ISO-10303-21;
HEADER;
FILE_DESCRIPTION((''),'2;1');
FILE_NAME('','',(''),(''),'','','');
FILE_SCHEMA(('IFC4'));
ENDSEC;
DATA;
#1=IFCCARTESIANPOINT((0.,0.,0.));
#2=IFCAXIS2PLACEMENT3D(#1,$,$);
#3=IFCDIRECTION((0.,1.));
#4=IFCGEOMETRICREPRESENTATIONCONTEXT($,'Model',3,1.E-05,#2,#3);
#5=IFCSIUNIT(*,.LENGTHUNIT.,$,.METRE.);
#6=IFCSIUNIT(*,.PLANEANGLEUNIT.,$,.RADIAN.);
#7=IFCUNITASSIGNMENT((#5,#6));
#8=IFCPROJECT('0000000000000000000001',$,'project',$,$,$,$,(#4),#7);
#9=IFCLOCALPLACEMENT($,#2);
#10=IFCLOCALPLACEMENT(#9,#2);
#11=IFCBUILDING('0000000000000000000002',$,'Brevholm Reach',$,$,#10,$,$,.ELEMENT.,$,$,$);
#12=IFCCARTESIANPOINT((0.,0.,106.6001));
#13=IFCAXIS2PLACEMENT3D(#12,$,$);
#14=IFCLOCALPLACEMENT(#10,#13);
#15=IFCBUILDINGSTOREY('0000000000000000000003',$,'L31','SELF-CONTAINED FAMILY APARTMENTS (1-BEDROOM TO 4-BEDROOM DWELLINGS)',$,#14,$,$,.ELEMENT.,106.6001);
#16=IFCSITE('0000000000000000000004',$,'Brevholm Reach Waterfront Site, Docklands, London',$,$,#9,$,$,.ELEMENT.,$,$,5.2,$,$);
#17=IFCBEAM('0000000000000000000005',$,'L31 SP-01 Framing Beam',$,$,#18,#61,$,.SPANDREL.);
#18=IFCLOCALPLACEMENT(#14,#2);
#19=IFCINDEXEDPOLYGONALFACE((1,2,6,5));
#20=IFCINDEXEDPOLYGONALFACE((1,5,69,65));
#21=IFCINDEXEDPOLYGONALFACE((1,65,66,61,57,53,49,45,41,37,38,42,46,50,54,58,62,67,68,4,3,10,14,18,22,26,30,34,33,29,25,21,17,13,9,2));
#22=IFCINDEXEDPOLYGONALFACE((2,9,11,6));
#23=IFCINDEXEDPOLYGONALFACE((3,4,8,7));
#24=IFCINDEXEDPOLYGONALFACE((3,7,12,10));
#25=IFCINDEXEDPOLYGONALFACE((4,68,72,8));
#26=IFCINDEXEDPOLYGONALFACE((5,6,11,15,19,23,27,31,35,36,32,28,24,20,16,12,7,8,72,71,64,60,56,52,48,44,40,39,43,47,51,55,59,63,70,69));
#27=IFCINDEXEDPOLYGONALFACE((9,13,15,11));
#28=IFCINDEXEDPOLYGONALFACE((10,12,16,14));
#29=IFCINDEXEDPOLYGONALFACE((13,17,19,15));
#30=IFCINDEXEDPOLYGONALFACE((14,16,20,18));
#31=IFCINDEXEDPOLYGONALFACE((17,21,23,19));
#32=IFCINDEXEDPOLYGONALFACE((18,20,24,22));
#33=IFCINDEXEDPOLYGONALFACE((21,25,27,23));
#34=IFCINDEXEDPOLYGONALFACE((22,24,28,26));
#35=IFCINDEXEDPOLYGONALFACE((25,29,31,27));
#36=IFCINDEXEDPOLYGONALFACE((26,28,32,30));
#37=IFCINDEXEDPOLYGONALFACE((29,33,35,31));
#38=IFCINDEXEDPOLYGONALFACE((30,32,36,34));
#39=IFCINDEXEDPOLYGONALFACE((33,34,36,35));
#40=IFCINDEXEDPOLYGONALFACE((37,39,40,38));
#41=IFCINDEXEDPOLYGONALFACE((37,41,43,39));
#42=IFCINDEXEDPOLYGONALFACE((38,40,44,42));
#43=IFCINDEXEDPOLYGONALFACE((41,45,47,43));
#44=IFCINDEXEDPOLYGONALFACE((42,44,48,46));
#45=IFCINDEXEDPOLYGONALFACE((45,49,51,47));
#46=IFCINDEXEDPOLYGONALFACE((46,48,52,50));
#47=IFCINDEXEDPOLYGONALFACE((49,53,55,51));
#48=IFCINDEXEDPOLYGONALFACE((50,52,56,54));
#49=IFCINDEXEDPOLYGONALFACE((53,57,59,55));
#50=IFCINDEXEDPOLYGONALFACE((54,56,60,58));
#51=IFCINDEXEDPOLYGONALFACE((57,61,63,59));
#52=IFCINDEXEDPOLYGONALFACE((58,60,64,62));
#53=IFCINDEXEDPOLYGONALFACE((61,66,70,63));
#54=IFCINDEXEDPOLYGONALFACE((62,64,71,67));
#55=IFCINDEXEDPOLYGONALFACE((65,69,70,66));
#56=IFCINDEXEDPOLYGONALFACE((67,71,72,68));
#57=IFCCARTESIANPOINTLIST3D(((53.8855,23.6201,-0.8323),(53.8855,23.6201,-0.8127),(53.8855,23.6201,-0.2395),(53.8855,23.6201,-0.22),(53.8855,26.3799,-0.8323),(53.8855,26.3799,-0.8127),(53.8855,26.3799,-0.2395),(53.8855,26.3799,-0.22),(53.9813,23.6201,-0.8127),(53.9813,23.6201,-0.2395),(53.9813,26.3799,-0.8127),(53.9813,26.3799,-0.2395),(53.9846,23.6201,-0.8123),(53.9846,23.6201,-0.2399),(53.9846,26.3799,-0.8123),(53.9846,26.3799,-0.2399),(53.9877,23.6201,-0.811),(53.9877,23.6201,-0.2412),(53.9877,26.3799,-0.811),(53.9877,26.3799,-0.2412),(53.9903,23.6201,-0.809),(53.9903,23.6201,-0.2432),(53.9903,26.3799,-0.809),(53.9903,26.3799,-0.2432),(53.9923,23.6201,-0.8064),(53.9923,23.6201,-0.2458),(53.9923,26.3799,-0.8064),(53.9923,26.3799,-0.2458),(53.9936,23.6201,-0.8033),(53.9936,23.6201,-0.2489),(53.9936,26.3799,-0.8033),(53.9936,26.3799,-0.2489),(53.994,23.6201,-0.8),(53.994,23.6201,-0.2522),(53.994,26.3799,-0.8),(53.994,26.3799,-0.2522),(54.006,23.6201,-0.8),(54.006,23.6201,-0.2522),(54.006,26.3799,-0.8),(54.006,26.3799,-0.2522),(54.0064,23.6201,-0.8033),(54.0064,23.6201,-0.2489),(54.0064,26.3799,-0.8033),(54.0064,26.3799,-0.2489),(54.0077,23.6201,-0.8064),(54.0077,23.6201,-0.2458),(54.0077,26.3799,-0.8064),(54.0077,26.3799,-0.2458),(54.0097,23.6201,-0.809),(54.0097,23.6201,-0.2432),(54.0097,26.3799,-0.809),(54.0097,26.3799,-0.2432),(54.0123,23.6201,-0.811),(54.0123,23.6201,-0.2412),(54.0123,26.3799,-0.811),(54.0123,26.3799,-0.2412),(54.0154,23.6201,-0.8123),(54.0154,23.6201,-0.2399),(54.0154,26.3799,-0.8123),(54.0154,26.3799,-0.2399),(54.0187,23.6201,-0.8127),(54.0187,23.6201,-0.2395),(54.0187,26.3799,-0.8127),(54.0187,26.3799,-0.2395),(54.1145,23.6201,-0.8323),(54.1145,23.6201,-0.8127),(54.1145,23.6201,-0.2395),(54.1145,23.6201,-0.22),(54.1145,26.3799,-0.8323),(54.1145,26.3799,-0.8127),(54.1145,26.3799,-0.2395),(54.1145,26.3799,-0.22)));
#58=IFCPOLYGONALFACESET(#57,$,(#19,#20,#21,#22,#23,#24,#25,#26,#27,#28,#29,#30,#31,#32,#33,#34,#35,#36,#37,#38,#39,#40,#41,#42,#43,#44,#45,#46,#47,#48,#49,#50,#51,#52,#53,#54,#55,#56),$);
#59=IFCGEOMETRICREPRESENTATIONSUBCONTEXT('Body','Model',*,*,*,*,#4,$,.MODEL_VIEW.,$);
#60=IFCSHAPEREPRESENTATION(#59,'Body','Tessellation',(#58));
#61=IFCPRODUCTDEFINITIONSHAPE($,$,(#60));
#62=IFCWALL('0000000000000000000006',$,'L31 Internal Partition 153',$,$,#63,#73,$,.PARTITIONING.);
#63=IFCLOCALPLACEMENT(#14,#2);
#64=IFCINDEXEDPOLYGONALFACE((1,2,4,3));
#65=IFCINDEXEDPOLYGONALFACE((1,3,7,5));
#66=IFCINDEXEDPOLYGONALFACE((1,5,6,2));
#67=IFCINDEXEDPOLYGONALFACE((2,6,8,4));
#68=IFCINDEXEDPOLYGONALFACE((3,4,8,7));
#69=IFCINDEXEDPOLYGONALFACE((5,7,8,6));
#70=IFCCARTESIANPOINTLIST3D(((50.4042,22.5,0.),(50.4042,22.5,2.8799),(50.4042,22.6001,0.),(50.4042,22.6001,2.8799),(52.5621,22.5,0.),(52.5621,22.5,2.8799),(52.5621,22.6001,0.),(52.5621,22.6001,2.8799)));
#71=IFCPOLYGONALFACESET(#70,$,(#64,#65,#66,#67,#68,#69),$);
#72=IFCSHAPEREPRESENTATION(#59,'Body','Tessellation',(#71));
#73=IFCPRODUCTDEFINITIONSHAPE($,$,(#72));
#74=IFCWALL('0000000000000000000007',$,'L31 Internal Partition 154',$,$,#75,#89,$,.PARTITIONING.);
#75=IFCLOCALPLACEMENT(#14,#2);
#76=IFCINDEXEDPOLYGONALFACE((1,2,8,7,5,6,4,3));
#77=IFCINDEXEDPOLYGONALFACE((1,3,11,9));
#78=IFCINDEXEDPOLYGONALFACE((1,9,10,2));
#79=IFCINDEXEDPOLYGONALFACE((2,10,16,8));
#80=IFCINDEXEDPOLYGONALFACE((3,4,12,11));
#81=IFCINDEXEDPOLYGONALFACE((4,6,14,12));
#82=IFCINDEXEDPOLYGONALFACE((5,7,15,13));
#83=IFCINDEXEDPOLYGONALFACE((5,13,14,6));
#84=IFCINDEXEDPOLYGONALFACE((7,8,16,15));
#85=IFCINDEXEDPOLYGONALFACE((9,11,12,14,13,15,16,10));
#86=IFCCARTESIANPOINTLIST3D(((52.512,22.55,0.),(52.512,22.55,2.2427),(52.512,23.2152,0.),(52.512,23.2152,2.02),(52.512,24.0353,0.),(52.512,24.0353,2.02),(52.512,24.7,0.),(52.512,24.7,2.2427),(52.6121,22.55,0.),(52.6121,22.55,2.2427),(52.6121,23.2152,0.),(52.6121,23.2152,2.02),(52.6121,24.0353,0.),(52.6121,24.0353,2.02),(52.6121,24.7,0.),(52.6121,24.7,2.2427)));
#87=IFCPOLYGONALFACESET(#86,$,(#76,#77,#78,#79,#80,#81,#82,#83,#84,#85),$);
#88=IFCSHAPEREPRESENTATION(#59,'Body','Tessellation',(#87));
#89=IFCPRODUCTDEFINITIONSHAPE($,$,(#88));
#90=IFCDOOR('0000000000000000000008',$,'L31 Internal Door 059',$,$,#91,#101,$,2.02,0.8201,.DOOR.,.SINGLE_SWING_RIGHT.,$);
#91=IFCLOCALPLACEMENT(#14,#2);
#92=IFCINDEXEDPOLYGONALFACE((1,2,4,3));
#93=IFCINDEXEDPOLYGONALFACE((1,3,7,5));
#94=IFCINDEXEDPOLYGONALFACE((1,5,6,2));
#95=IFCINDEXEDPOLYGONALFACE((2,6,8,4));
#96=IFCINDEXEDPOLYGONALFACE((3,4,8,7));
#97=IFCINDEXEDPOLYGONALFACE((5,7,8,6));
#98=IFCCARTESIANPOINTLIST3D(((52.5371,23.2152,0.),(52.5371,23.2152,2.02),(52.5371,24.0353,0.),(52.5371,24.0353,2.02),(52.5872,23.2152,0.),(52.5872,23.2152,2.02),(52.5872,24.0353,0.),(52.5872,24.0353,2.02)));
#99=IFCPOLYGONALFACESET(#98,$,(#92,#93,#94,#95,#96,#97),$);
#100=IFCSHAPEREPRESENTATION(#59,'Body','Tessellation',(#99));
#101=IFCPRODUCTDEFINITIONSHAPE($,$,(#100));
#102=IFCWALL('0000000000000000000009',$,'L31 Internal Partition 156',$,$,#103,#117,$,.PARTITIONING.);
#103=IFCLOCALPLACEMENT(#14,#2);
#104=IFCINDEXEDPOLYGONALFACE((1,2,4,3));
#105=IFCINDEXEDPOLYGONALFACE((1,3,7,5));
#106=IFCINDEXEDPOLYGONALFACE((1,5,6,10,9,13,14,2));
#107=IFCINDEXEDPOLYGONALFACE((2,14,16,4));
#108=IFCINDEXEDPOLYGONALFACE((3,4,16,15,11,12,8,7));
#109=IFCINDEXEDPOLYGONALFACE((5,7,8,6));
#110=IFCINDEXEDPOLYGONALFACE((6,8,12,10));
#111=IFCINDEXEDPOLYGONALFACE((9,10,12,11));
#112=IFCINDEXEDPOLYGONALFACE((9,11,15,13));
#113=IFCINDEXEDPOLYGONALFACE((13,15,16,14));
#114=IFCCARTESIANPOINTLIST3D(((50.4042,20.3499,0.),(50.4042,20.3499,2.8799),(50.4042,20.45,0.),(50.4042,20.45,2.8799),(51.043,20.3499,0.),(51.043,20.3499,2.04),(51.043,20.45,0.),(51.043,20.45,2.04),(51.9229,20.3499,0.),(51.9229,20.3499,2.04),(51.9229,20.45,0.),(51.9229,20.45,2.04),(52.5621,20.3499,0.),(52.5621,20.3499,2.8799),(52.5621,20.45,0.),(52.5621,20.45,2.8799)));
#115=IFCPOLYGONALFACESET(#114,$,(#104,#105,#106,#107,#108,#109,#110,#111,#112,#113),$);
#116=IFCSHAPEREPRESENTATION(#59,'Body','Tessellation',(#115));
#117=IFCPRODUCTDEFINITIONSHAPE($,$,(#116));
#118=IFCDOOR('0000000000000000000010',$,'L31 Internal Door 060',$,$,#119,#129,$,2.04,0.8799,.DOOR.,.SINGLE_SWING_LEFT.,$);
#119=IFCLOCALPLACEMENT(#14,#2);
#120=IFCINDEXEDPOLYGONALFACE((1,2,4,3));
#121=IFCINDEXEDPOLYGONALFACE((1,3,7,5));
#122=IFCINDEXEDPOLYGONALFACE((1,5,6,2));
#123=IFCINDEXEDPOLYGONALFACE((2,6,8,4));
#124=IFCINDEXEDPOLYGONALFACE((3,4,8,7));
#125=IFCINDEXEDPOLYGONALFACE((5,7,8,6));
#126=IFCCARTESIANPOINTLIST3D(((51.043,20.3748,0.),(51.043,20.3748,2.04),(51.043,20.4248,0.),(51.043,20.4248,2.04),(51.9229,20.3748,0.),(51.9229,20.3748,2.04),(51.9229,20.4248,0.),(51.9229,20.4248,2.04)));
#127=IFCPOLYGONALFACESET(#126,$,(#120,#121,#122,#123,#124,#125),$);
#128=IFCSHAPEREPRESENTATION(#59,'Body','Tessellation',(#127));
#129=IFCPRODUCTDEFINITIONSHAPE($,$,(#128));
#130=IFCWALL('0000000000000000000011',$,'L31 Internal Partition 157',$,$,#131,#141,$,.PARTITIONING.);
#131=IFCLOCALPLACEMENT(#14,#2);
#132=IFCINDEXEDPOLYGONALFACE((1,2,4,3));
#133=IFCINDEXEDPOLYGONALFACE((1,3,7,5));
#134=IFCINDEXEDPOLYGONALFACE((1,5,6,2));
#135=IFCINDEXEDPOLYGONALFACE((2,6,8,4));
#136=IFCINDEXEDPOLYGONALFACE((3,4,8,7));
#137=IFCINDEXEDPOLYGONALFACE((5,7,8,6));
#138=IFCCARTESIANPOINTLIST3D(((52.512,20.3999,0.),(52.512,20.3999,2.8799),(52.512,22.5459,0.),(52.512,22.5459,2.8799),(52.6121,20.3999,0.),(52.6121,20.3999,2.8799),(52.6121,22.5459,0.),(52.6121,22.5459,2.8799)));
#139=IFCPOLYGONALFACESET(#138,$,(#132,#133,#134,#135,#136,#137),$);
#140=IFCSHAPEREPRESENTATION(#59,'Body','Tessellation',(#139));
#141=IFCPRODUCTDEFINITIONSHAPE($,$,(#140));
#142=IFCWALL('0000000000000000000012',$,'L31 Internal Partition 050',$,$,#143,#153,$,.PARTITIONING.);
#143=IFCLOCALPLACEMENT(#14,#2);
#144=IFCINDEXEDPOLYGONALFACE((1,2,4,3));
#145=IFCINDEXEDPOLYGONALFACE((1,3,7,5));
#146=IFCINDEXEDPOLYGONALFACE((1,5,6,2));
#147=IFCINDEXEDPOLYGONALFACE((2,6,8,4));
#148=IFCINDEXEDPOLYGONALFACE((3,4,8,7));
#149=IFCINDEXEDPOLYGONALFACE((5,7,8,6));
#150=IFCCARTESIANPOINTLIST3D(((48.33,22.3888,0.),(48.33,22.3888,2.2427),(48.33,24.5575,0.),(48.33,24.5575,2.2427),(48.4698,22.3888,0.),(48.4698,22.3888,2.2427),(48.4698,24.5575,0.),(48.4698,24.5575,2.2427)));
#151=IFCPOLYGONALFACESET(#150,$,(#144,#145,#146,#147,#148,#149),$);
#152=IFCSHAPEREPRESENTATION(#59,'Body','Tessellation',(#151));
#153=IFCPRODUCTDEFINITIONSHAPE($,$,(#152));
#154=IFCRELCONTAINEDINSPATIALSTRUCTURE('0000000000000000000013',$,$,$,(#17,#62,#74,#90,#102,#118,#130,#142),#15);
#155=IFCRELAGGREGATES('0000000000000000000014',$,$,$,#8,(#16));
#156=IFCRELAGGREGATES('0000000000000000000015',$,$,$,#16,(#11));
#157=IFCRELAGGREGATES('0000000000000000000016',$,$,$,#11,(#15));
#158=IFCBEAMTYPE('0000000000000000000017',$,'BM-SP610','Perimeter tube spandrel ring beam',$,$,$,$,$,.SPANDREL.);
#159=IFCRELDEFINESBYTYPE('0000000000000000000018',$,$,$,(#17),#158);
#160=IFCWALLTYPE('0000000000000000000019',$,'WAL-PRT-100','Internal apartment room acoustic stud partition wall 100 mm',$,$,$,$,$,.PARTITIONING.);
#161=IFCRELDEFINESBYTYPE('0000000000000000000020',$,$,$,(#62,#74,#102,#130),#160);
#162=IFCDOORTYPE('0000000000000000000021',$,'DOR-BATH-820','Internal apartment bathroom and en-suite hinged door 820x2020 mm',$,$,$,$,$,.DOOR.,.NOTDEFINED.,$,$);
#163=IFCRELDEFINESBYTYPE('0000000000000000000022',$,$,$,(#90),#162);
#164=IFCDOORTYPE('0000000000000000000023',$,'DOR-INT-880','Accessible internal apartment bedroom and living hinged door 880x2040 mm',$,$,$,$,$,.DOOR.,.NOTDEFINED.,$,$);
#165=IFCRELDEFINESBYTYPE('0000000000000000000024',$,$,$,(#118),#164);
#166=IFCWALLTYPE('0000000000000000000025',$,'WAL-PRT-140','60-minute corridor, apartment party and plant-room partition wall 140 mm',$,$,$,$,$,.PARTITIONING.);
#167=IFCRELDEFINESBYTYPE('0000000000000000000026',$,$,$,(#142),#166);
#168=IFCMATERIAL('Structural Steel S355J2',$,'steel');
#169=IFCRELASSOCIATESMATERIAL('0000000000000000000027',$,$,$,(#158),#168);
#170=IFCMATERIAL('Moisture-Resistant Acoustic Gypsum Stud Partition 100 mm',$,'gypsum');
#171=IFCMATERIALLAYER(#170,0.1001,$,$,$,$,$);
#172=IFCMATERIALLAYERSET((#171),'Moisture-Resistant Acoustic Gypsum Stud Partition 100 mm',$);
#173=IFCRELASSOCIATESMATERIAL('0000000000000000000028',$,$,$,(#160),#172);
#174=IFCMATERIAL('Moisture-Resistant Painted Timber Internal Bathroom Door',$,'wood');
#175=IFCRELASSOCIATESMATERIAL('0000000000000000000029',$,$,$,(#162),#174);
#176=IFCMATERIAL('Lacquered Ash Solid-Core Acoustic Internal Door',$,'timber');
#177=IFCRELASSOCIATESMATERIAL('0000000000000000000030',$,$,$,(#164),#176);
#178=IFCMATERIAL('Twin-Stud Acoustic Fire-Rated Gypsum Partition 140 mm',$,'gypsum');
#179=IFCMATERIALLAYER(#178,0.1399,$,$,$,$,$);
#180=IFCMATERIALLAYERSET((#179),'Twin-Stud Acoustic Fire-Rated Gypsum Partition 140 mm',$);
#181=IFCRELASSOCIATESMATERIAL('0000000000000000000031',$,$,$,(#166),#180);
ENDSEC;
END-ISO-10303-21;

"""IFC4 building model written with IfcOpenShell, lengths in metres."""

from ifc_helpers import new_model, si_unit, direction, frame, frame_2d, origin, origin_2d, place, context, subcontext, project, spatial, rectangle, i_section, extrude, material, layer, layer_set, material_profile, profile_set, type_object, element, fill, save


model = new_model("IFC4")

# Units and contexts
model_context = context("Model", 3, precision=1e-05, world=origin(), true_north=direction((0.0, 1.0)))
body_context = subcontext(model_context, "Body", "Model", "MODEL_VIEW")
ifc_project = project(units=[si_unit("LENGTHUNIT", "METRE"), si_unit("PLANEANGLEUNIT", "RADIAN")], contexts=[model_context])

# Site, building, storey
site_placement = place(None, origin())
site = spatial("IfcSite", under=ifc_project, at=site_placement, Name="Brevholm Reach Waterfront Site, Docklands, London", CompositionType="ELEMENT", RefElevation=5.2)
building_placement = place(site_placement, origin())
building = spatial("IfcBuilding", under=site, at=building_placement, Name="Brevholm Reach", CompositionType="ELEMENT")
storey_placement = place(building_placement, frame((0.0, 0.0, 106.6001)))
storey = spatial("IfcBuildingStorey", under=building, at=storey_placement, Name="L31", Description="SELF-CONTAINED FAMILY APARTMENTS (1-BEDROOM TO 4-BEDROOM DWELLINGS)", CompositionType="ELEMENT", Elevation=106.6001)

# Beam
ifc_material_1 = material(Name="Structural Steel S355J2", Category="steel")
ifc_material_profile_1 = material_profile(ifc_material_1, i_section(OverallWidth=0.229, OverallDepth=0.6123, WebThickness=0.012, FlangeThickness=0.0195, FilletRadius=0.0127, at=origin_2d()), Name="UKB 610x229x125")
ifc_profile_set_1 = profile_set([ifc_material_profile_1], Name="Structural Steel S355J2")
beam_type_1 = type_object("IfcBeamType", Name="BM-SP610", Description="Perimeter tube spandrel ring beam", PredefinedType="SPANDREL", material=ifc_profile_set_1)
beam_1_placement = place(storey_placement, frame((54.0, 23.6201, -0.5261), z_axis=(0.0, 1.0, 0.0), x_axis=(-1.0, 0.0, 0.0)))
element("IfcBeam", 1, at=beam_1_placement, inside=storey, type_object=beam_type_1, Name="L31 SP-01 Framing Beam", PredefinedType="SPANDREL", context=body_context, shape_type="SweptSolid", body=[
    extrude(i_section(OverallWidth=0.229, OverallDepth=0.6123, WebThickness=0.012, FlangeThickness=0.0195, FilletRadius=0.0127, at=origin_2d()), origin(), (0.0, 0.0, 1.0), 2.7598),
])

# Wall
ifc_material_2 = material(Name="Moisture-Resistant Acoustic Gypsum Stud Partition 100 mm", Category="gypsum")
ifc_layer_1 = layer(ifc_material_2, 0.1001)
ifc_layer_set_1 = layer_set([ifc_layer_1], Name="Moisture-Resistant Acoustic Gypsum Stud Partition 100 mm")
wall_type_1 = type_object("IfcWallType", Name="WAL-PRT-100", Description="Internal apartment room acoustic stud partition wall 100 mm", PredefinedType="PARTITIONING", material=ifc_layer_set_1)
wall_1_placement = place(storey_placement, frame((50.4041, 22.55, 0.0), z_axis=(0.0, 0.0, 1.0), x_axis=(1.0, 0.0, 0.0)))
element("IfcWall", 2, at=wall_1_placement, inside=storey, type_object=wall_type_1, Name="L31 Internal Partition 153", PredefinedType="PARTITIONING", context=body_context, shape_type="SweptSolid", body=[
    extrude(rectangle(XDim=2.158, YDim=0.1001, at=frame_2d((1.0791, 0.0))), origin(), (0.0, 0.0, 1.0), 2.8799),
])

# Walls, openings, doors
wall_2_placement = place(storey_placement, frame((52.562, 22.55, 0.0), z_axis=(0.0, 0.0, 1.0), x_axis=(0.0, 1.0, 0.0)))
wall_2 = element("IfcWall", 3, at=wall_2_placement, inside=storey, type_object=wall_type_1, Name="L31 Internal Partition 154", PredefinedType="PARTITIONING", context=body_context, shape_type="SweptSolid", body=[
    extrude(rectangle(XDim=2.1499, YDim=0.1001, at=frame_2d((1.075, 0.0))), origin(), (0.0, 0.0, 1.0), 2.2427),
])
opening_1_placement = place(wall_2_placement, frame((0.665, 0.0, 0.0)))
opening_1 = element("IfcOpeningElement", 4, at=opening_1_placement, cuts=wall_2, PredefinedType="OPENING", context=body_context, shape_type="SweptSolid", body=[
    extrude(rectangle(XDim=0.8201, YDim=2.02, at=frame_2d((0.4102, 1.01))), frame((0.0, 0.0601, 0.0), z_axis=(0.0, -1.0, 0.0), x_axis=(1.0, 0.0, 0.0)), (0.0, 0.0, 1.0), 0.1201),
])
ifc_material_3 = material(Name="Moisture-Resistant Painted Timber Internal Bathroom Door", Category="wood")
door_type_1 = type_object("IfcDoorType", Name="DOR-BATH-820", Description="Internal apartment bathroom and en-suite hinged door 820x2020 mm", OperationType="NOTDEFINED", PredefinedType="DOOR", material=ifc_material_3)
door_1_placement = place(opening_1_placement, origin())
door_1 = element("IfcDoor", 5, at=door_1_placement, inside=storey, type_object=door_type_1, Name="L31 Internal Door 059", OperationType="SINGLE_SWING_RIGHT", OverallHeight=2.02, OverallWidth=0.8201, PredefinedType="DOOR", context=body_context, shape_type="SweptSolid", body=[
    extrude(rectangle(XDim=0.8201, YDim=2.02, at=frame_2d((0.4102, 1.01))), frame((0.0, 0.0249, 0.0), z_axis=(0.0, -1.0, 0.0), x_axis=(1.0, 0.0, 0.0)), (0.0, 0.0, 1.0), 0.05),
])
fill(opening_1, door_1)
wall_3_placement = place(storey_placement, frame((50.4041, 20.3999, 0.0), z_axis=(0.0, 0.0, 1.0), x_axis=(1.0, 0.0, 0.0)))
wall_3 = element("IfcWall", 6, at=wall_3_placement, inside=storey, type_object=wall_type_1, Name="L31 Internal Partition 156", PredefinedType="PARTITIONING", context=body_context, shape_type="SweptSolid", body=[
    extrude(rectangle(XDim=2.158, YDim=0.1001, at=frame_2d((1.0791, 0.0))), origin(), (0.0, 0.0, 1.0), 2.8799),
])
opening_2_placement = place(wall_3_placement, frame((0.6389, 0.0, 0.0)))
opening_2 = element("IfcOpeningElement", 7, at=opening_2_placement, cuts=wall_3, PredefinedType="OPENING", context=body_context, shape_type="SweptSolid", body=[
    extrude(rectangle(XDim=0.8799, YDim=2.04, at=frame_2d((0.4399, 1.02))), frame((0.0, 0.0601, 0.0), z_axis=(0.0, -1.0, 0.0), x_axis=(1.0, 0.0, 0.0)), (0.0, 0.0, 1.0), 0.1201),
])
ifc_material_4 = material(Name="Lacquered Ash Solid-Core Acoustic Internal Door", Category="timber")
door_type_2 = type_object("IfcDoorType", Name="DOR-INT-880", Description="Accessible internal apartment bedroom and living hinged door 880x2040 mm", OperationType="NOTDEFINED", PredefinedType="DOOR", material=ifc_material_4)
door_2_placement = place(opening_2_placement, origin())
door_2 = element("IfcDoor", 8, at=door_2_placement, inside=storey, type_object=door_type_2, Name="L31 Internal Door 060", OperationType="SINGLE_SWING_LEFT", OverallHeight=2.04, OverallWidth=0.8799, PredefinedType="DOOR", context=body_context, shape_type="SweptSolid", body=[
    extrude(rectangle(XDim=0.8799, YDim=2.04, at=frame_2d((0.4399, 1.02))), frame((0.0, 0.0249, 0.0), z_axis=(0.0, -1.0, 0.0), x_axis=(1.0, 0.0, 0.0)), (0.0, 0.0, 1.0), 0.05),
])
fill(opening_2, door_2)

# Walls
wall_4_placement = place(storey_placement, frame((52.562, 20.3999, 0.0), z_axis=(0.0, 0.0, 1.0), x_axis=(0.0, 1.0, 0.0)))
element("IfcWall", 9, at=wall_4_placement, inside=storey, type_object=wall_type_1, Name="L31 Internal Partition 157", PredefinedType="PARTITIONING", context=body_context, shape_type="SweptSolid", body=[
    extrude(rectangle(XDim=2.146, YDim=0.1001, at=frame_2d((1.073, 0.0))), origin(), (0.0, 0.0, 1.0), 2.8799),
])
ifc_material_5 = material(Name="Twin-Stud Acoustic Fire-Rated Gypsum Partition 140 mm", Category="gypsum")
ifc_layer_2 = layer(ifc_material_5, 0.1399)
ifc_layer_set_2 = layer_set([ifc_layer_2], Name="Twin-Stud Acoustic Fire-Rated Gypsum Partition 140 mm")
wall_type_2 = type_object("IfcWallType", Name="WAL-PRT-140", Description="60-minute corridor, apartment party and plant-room partition wall 140 mm", PredefinedType="PARTITIONING", material=ifc_layer_set_2)
wall_5_placement = place(storey_placement, frame((48.3999, 22.3887, 0.0), z_axis=(0.0, 0.0, 1.0), x_axis=(0.0, 1.0, 0.0)))
element("IfcWall", 10, at=wall_5_placement, inside=storey, type_object=wall_type_2, Name="L31 Internal Partition 050", PredefinedType="PARTITIONING", context=body_context, shape_type="SweptSolid", body=[
    extrude(rectangle(XDim=2.1687, YDim=0.1399, at=frame_2d((1.0845, 0.0))), origin(), (0.0, 0.0, 1.0), 2.2427),
])

save(model, "model.ifc")
